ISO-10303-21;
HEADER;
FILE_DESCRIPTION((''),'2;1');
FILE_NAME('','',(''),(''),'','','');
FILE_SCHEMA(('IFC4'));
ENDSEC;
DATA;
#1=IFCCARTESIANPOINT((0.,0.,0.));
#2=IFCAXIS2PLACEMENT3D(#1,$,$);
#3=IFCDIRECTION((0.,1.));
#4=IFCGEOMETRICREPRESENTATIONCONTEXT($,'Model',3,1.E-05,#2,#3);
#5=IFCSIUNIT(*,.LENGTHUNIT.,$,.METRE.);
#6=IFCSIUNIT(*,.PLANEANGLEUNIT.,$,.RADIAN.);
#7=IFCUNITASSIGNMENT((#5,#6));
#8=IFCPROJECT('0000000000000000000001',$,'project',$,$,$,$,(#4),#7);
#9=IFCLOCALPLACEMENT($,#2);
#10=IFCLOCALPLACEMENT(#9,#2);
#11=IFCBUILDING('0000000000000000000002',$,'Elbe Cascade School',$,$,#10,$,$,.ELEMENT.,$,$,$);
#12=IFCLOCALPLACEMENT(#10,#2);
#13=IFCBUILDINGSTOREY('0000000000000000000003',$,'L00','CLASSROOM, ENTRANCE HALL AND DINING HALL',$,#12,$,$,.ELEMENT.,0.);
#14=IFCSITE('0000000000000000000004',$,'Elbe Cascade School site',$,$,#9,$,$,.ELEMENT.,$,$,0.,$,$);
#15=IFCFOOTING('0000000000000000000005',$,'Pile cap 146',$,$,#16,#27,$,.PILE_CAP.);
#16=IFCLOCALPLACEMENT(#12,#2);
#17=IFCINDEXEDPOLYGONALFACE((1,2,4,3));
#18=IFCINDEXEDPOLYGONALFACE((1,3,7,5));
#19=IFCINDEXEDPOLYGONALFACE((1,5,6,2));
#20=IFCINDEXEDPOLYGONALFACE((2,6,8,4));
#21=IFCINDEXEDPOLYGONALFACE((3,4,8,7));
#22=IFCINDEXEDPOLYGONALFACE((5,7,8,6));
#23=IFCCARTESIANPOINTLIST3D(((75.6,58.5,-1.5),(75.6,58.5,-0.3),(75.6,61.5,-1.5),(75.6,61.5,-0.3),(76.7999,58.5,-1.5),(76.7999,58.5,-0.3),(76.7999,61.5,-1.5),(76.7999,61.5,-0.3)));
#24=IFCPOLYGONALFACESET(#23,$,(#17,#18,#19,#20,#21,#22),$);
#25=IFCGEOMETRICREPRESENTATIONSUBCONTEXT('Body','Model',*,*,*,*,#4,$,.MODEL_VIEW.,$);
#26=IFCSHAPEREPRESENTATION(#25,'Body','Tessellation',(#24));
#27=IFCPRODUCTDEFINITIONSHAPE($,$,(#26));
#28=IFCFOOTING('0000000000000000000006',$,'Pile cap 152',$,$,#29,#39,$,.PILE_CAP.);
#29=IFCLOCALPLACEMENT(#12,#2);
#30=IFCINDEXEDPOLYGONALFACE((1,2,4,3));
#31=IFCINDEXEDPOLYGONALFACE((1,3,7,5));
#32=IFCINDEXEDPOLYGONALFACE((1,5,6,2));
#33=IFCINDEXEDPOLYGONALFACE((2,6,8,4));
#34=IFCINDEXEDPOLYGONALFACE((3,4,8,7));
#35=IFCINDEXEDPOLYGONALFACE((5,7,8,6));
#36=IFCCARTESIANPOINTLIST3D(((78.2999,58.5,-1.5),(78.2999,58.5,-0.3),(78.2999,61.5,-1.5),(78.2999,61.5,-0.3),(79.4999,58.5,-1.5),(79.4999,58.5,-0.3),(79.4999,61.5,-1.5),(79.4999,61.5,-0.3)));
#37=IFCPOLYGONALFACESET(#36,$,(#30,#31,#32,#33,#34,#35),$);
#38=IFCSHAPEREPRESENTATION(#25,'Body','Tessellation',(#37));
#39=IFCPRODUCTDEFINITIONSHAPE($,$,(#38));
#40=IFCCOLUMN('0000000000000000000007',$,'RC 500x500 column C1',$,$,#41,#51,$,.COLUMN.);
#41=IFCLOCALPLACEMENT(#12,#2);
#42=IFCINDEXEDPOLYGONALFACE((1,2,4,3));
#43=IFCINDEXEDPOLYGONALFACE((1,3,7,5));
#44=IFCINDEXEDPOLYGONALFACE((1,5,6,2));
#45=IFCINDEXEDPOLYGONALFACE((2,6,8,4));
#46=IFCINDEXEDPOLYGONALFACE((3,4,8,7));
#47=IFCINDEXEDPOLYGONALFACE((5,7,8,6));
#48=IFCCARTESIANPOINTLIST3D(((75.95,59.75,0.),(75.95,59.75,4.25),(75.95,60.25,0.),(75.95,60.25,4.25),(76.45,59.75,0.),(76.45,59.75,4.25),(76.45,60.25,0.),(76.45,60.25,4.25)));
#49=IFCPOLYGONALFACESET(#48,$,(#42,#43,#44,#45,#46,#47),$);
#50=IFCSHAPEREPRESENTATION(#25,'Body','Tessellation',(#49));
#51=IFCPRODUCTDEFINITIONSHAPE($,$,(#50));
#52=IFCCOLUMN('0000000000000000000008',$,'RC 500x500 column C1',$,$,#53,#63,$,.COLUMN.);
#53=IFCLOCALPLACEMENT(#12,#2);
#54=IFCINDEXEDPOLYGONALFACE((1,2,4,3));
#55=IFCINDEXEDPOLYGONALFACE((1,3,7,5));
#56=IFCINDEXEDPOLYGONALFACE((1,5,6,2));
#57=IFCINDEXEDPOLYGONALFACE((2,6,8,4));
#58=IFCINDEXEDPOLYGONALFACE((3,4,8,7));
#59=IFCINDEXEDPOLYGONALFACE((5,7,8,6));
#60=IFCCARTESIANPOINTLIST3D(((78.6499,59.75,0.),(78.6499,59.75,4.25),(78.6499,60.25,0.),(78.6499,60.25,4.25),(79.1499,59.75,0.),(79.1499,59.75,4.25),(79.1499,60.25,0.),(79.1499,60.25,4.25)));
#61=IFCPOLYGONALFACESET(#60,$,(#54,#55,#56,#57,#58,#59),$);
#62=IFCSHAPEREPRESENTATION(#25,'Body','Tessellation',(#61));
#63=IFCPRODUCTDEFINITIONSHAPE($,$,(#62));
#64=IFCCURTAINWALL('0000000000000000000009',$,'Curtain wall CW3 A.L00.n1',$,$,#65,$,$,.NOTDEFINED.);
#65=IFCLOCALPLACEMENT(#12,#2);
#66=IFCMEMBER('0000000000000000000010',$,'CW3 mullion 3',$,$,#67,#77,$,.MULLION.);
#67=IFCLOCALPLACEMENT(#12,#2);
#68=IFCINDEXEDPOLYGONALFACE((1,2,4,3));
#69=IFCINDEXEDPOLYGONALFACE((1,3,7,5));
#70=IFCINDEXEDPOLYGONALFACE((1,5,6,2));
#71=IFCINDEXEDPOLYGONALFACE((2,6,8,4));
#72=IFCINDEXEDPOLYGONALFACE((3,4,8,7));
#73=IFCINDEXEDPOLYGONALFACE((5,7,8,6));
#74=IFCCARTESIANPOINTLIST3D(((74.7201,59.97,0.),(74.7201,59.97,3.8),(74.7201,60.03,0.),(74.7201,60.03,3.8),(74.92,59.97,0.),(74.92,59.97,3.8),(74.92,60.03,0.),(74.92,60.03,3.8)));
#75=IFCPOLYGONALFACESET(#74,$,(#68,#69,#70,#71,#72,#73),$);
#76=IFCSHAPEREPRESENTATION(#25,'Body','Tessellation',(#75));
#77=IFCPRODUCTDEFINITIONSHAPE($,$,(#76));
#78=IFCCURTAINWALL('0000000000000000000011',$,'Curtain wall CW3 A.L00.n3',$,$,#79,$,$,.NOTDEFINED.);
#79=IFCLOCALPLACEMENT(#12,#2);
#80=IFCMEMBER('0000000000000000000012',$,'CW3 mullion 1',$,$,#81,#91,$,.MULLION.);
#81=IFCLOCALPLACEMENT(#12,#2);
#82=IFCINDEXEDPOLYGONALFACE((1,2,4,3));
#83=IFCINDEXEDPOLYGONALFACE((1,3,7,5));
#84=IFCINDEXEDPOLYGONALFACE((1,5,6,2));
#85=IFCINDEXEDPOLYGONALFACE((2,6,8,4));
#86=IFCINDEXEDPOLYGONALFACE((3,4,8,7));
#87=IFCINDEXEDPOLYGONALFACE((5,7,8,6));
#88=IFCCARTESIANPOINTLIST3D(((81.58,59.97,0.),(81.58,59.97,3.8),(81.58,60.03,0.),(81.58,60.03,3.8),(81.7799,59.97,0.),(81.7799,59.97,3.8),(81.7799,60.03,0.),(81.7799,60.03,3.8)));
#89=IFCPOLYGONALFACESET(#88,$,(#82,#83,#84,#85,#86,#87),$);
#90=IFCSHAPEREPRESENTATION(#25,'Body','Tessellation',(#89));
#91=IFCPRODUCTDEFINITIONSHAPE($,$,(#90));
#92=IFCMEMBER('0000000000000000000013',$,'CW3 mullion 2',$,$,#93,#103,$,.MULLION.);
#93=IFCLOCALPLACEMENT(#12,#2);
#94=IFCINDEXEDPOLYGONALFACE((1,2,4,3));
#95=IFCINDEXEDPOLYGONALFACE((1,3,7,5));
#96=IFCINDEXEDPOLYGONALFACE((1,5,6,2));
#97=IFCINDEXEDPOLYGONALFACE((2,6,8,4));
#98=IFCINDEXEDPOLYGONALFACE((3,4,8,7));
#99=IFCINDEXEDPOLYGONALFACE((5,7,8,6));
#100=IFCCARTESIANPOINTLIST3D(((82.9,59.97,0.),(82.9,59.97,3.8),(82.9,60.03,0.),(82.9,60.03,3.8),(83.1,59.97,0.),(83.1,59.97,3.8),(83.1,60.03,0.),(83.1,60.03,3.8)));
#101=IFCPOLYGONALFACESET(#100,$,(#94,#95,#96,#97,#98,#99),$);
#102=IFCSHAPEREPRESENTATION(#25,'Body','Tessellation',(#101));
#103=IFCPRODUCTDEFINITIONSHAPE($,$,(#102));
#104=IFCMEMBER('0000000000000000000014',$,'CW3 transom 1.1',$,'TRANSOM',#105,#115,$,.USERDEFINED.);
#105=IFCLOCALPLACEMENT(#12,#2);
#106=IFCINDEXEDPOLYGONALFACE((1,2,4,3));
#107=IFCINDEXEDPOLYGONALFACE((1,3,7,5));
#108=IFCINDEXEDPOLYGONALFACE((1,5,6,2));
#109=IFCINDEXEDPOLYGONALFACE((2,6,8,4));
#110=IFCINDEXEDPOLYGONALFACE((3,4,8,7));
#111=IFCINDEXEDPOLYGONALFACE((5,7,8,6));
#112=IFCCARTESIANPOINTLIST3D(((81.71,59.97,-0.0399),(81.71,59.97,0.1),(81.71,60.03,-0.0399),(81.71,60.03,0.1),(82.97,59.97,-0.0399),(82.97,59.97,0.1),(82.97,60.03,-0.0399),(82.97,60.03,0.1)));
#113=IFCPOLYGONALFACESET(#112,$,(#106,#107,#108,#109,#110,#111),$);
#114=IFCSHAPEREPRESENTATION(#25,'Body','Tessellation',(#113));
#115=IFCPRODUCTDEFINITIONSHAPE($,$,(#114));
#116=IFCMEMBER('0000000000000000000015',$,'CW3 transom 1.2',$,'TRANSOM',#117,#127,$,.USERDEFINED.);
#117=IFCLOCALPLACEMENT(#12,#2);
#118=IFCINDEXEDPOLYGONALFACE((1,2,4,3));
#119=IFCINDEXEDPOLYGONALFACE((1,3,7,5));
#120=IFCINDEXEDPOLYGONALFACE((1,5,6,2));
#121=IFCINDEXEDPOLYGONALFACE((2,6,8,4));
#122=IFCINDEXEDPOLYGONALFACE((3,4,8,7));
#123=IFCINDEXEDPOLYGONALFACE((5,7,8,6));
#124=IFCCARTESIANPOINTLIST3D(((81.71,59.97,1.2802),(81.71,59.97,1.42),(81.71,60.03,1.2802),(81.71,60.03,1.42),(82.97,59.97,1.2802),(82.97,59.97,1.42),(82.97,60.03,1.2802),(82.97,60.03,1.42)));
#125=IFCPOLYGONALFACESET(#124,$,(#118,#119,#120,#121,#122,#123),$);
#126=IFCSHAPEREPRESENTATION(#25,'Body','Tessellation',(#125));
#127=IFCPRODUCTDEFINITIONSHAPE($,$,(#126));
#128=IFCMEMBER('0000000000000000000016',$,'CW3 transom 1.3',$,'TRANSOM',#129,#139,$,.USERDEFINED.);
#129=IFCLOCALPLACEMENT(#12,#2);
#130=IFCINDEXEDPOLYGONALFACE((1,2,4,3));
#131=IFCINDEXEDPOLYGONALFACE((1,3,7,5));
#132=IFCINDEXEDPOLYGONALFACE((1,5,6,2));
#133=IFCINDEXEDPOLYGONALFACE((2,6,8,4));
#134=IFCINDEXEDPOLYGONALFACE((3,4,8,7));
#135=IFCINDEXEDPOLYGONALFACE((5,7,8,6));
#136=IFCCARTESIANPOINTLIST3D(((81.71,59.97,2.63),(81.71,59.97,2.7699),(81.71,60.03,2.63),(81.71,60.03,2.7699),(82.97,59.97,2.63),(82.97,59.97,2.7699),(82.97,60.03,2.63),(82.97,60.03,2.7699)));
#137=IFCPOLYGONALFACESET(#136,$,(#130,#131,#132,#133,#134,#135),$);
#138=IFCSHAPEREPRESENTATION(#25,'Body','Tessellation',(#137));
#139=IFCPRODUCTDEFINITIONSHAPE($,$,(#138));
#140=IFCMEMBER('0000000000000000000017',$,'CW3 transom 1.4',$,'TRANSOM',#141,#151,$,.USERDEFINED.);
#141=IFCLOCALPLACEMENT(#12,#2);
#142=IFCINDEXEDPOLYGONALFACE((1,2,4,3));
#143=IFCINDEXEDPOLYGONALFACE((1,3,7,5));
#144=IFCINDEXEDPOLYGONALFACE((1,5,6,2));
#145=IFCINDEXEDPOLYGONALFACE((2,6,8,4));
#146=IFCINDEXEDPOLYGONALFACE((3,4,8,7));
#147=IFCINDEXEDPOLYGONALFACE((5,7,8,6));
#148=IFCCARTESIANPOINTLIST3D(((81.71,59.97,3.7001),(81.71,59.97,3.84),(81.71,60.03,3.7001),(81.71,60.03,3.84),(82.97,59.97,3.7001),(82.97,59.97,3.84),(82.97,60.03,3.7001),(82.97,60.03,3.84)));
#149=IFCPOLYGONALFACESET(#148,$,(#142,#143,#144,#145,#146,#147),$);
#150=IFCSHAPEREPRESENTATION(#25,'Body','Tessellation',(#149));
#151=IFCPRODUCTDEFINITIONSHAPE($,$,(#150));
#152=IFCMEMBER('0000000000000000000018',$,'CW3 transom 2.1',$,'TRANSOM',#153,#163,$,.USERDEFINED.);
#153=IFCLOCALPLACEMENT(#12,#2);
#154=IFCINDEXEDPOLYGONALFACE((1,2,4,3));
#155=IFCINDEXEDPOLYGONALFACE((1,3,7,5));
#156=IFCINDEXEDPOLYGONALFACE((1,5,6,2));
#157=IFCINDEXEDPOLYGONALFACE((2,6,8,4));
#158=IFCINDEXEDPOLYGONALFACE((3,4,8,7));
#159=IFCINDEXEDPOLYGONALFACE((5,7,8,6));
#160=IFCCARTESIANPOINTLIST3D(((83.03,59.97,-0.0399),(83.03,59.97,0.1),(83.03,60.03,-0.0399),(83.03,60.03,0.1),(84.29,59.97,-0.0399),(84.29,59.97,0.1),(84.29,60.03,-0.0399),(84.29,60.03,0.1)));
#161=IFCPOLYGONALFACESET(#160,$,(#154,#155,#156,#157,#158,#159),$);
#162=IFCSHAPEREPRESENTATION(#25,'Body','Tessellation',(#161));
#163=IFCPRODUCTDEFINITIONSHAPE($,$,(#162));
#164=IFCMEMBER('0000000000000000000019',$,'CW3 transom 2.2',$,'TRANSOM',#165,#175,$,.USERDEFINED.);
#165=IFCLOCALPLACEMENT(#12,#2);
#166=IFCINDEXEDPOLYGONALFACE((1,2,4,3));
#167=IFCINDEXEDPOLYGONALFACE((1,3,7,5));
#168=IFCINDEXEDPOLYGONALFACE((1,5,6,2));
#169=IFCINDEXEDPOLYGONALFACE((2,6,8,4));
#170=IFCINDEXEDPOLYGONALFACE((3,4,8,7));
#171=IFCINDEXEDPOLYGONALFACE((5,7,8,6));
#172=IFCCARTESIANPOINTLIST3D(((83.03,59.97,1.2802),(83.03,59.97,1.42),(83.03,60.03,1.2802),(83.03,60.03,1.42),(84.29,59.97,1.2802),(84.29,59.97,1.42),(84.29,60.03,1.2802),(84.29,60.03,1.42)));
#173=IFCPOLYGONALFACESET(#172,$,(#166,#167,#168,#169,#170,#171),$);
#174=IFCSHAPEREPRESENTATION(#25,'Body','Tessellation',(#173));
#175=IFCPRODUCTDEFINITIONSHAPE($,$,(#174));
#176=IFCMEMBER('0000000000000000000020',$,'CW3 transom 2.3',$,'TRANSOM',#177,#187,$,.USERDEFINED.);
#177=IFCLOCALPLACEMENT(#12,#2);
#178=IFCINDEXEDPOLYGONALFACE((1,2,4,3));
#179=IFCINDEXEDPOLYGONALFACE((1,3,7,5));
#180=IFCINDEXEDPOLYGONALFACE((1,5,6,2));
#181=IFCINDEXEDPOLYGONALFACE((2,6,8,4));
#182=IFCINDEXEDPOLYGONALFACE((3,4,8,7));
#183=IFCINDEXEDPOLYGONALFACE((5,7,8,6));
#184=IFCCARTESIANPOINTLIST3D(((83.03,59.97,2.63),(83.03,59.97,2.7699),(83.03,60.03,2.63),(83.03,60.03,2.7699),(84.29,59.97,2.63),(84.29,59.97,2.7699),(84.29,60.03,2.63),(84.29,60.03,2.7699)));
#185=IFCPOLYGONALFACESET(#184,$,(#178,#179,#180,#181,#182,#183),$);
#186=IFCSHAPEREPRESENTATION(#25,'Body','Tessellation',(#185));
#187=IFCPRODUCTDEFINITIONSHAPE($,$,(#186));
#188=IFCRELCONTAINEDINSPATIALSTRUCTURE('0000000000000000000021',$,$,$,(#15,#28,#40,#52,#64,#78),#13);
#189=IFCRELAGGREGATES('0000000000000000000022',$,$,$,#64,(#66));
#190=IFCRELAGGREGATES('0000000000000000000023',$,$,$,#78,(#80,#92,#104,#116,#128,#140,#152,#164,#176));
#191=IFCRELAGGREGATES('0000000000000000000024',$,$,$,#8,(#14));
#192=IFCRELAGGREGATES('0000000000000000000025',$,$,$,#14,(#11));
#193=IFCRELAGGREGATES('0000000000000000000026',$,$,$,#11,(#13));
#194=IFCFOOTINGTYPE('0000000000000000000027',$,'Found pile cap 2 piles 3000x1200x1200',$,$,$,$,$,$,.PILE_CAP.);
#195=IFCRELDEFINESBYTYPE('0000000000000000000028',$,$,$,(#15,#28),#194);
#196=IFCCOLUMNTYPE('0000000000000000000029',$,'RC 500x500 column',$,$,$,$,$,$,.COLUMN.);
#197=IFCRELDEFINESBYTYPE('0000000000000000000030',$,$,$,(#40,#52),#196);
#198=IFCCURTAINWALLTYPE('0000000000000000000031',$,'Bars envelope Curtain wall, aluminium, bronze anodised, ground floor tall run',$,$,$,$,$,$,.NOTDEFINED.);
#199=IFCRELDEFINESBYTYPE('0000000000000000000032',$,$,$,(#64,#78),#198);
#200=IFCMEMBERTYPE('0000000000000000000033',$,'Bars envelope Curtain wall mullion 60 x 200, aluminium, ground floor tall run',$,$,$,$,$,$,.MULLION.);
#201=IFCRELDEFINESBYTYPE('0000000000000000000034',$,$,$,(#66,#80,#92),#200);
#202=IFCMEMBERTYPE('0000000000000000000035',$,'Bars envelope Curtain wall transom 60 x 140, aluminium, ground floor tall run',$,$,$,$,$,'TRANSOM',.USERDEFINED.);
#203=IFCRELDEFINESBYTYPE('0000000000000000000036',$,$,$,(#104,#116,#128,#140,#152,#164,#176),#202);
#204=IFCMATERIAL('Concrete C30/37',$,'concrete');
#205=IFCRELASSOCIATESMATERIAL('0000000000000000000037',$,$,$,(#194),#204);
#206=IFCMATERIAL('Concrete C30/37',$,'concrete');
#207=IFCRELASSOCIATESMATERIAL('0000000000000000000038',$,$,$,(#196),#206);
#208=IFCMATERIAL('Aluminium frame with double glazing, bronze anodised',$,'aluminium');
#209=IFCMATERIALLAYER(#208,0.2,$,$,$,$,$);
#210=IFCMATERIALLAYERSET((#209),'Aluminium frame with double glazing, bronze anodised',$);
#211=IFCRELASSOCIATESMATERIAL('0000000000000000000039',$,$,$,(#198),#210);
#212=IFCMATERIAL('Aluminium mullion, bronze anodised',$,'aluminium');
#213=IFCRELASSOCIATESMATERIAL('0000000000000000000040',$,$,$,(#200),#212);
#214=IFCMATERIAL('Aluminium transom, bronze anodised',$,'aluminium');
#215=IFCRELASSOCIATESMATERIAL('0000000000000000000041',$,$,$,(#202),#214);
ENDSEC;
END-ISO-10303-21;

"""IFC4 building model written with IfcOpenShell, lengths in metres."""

from ifc_helpers import new_model, si_unit, direction, frame, origin, origin_2d, place, context, subcontext, project, spatial, rectangle, extrude, material, layer, layer_set, material_profile, profile_set, type_object, element, aggregate, save


model = new_model("IFC4")

# Units and contexts
model_context = context("Model", 3, precision=1e-05, world=origin(), true_north=direction((0.0, 1.0)))
body_context = subcontext(model_context, "Body", "Model", "MODEL_VIEW")
ifc_project = project(units=[si_unit("LENGTHUNIT", "METRE"), si_unit("PLANEANGLEUNIT", "RADIAN")], contexts=[model_context])

# Site, building, storey
site_placement = place(None, origin())
site = spatial("IfcSite", under=ifc_project, at=site_placement, Name="Elbe Cascade School site", CompositionType="ELEMENT", RefElevation=0.0)
building_placement = place(site_placement, origin())
building = spatial("IfcBuilding", under=site, at=building_placement, Name="Elbe Cascade School", CompositionType="ELEMENT")
storey_placement = place(building_placement, origin())
storey = spatial("IfcBuildingStorey", under=building, at=storey_placement, Name="L00", Description="CLASSROOM, ENTRANCE HALL AND DINING HALL", CompositionType="ELEMENT", Elevation=0.0)

# Footings
ifc_material_1 = material(Name="Concrete C30/37", Category="concrete")
footing_type = type_object("IfcFootingType", Name="Found pile cap 2 piles 3000x1200x1200", PredefinedType="PILE_CAP", material=ifc_material_1)
for number, where, z_axis, x_axis, name in (
    (1, (76.2, 60.0, -1.5), (0.0, 0.0, 1.0), (1.0, 0.0, 0.0), "Pile cap 146"),
    (2, (78.8999, 60.0, -1.5), (0.0, 0.0, 1.0), (1.0, 0.0, 0.0), "Pile cap 152"),
):
    element("IfcFooting", number, at=place(storey_placement, frame(where, z_axis=z_axis, x_axis=x_axis)), inside=storey, type_object=footing_type, Name=name, PredefinedType="PILE_CAP", context=body_context, shape_type="SweptSolid", body=[
        extrude(rectangle(XDim=1.2, YDim=3.0, at=origin_2d()), origin(), (0.0, 0.0, 1.0), 1.2),
    ])

# Columns
ifc_material_2 = material(Name="Concrete C30/37", Category="concrete")
ifc_material_profile_1 = material_profile(ifc_material_2, rectangle(XDim=0.5, YDim=0.5, at=origin_2d()), Name="RC 500x500")
ifc_profile_set_1 = profile_set([ifc_material_profile_1], Name="Concrete C30/37")
column_type = type_object("IfcColumnType", Name="RC 500x500 column", PredefinedType="COLUMN", material=ifc_profile_set_1)
for number, where, z_axis, x_axis, name in (
    (3, (76.2, 60.0, 0.0), (0.0, 0.0, 1.0), (1.0, 0.0, 0.0), "RC 500x500 column C1"),
    (4, (78.8999, 60.0, 0.0), (0.0, 0.0, 1.0), (1.0, 0.0, 0.0), "RC 500x500 column C1"),
):
    element("IfcColumn", number, at=place(storey_placement, frame(where, z_axis=z_axis, x_axis=x_axis)), inside=storey, type_object=column_type, Name=name, PredefinedType="COLUMN", context=body_context, shape_type="SweptSolid", body=[
        extrude(rectangle(XDim=0.5, YDim=0.5, at=origin_2d()), origin(), (0.0, 0.0, 1.0), 4.25),
    ])

# Curtain wall, member
ifc_material_3 = material(Name="Aluminium frame with double glazing, bronze anodised", Category="aluminium")
ifc_layer_1 = layer(ifc_material_3, 0.2)
ifc_layer_set_1 = layer_set([ifc_layer_1], Name="Aluminium frame with double glazing, bronze anodised")
curtain_wall_type = type_object("IfcCurtainWallType", Name="Bars envelope Curtain wall, aluminium, bronze anodised, ground floor tall run", PredefinedType="NOTDEFINED", material=ifc_layer_set_1)
curtain_wall_1_placement = place(storey_placement, origin())
curtain_wall_1 = element("IfcCurtainWall", 5, at=curtain_wall_1_placement, inside=storey, type_object=curtain_wall_type, Name="Curtain wall CW3 A.L00.n1", PredefinedType="NOTDEFINED")
ifc_material_4 = material(Name="Aluminium mullion, bronze anodised", Category="aluminium")
ifc_material_profile_2 = material_profile(ifc_material_4, rectangle(XDim=0.0601, YDim=0.2, at=origin_2d()), Name="Bars envelope Curtain wall mullion 60 x 200, aluminium, ground floor tall run")
ifc_profile_set_2 = profile_set([ifc_material_profile_2], Name="Aluminium mullion, bronze anodised")
member_type_1 = type_object("IfcMemberType", Name="Bars envelope Curtain wall mullion 60 x 200, aluminium, ground floor tall run", PredefinedType="MULLION", material=ifc_profile_set_2)
member_1_placement = place(storey_placement, frame((74.8201, 60.0, 0.0), z_axis=(0.0, 0.0, 1.0), x_axis=(0.0, 1.0, 0.0)))
member_1 = element("IfcMember", 6, at=member_1_placement, type_object=member_type_1, Name="CW3 mullion 3", PredefinedType="MULLION", context=body_context, shape_type="SweptSolid", body=[
    extrude(rectangle(XDim=0.0601, YDim=0.2, at=origin_2d()), origin(), (0.0, 0.0, 1.0), 3.8),
])

# Curtain wall, members
curtain_wall_2_placement = place(storey_placement, origin())
curtain_wall_2 = element("IfcCurtainWall", 7, at=curtain_wall_2_placement, inside=storey, type_object=curtain_wall_type, Name="Curtain wall CW3 A.L00.n3", PredefinedType="NOTDEFINED")
member_2_placement = place(storey_placement, frame((81.6799, 60.0, 0.0), z_axis=(0.0, 0.0, 1.0), x_axis=(0.0, 1.0, 0.0)))
member_2 = element("IfcMember", 8, at=member_2_placement, type_object=member_type_1, Name="CW3 mullion 1", PredefinedType="MULLION", context=body_context, shape_type="SweptSolid", body=[
    extrude(rectangle(XDim=0.0601, YDim=0.2, at=origin_2d()), origin(), (0.0, 0.0, 1.0), 3.8),
])
member_3_placement = place(storey_placement, frame((83.0, 60.0, 0.0), z_axis=(0.0, 0.0, 1.0), x_axis=(0.0, 1.0, 0.0)))
member_3 = element("IfcMember", 9, at=member_3_placement, type_object=member_type_1, Name="CW3 mullion 2", PredefinedType="MULLION", context=body_context, shape_type="SweptSolid", body=[
    extrude(rectangle(XDim=0.0601, YDim=0.2, at=origin_2d()), origin(), (0.0, 0.0, 1.0), 3.8),
])
ifc_material_5 = material(Name="Aluminium transom, bronze anodised", Category="aluminium")
ifc_material_profile_3 = material_profile(ifc_material_5, rectangle(XDim=0.0601, YDim=0.1399, at=origin_2d()), Name="Bars envelope Curtain wall transom 60 x 140, aluminium, ground floor tall run")
ifc_profile_set_3 = profile_set([ifc_material_profile_3], Name="Aluminium transom, bronze anodised")
member_type_2 = type_object("IfcMemberType", Name="Bars envelope Curtain wall transom 60 x 140, aluminium, ground floor tall run", ElementType="TRANSOM", PredefinedType="USERDEFINED", material=ifc_profile_set_3)
member_4_placement = place(storey_placement, frame((81.71, 60.0, 0.03), z_axis=(1.0, 0.0, 0.0), x_axis=(0.0, 1.0, 0.0)))
member_4 = element("IfcMember", 10, at=member_4_placement, type_object=member_type_2, Name="CW3 transom 1.1", ObjectType="TRANSOM", PredefinedType="USERDEFINED", context=body_context, shape_type="SweptSolid", body=[
    extrude(rectangle(XDim=0.0601, YDim=0.1399, at=origin_2d()), origin(), (0.0, 0.0, 1.0), 1.26),
])
member_5_placement = place(storey_placement, frame((81.71, 60.0, 1.3501), z_axis=(1.0, 0.0, 0.0), x_axis=(0.0, 1.0, 0.0)))
member_5 = element("IfcMember", 11, at=member_5_placement, type_object=member_type_2, Name="CW3 transom 1.2", ObjectType="TRANSOM", PredefinedType="USERDEFINED", context=body_context, shape_type="SweptSolid", body=[
    extrude(rectangle(XDim=0.0601, YDim=0.1399, at=origin_2d()), origin(), (0.0, 0.0, 1.0), 1.26),
])
member_6_placement = place(storey_placement, frame((81.71, 60.0, 2.7), z_axis=(1.0, 0.0, 0.0), x_axis=(0.0, 1.0, 0.0)))
member_6 = element("IfcMember", 12, at=member_6_placement, type_object=member_type_2, Name="CW3 transom 1.3", ObjectType="TRANSOM", PredefinedType="USERDEFINED", context=body_context, shape_type="SweptSolid", body=[
    extrude(rectangle(XDim=0.0601, YDim=0.1399, at=origin_2d()), origin(), (0.0, 0.0, 1.0), 1.26),
])
member_7_placement = place(storey_placement, frame((81.71, 60.0, 3.77), z_axis=(1.0, 0.0, 0.0), x_axis=(0.0, 1.0, 0.0)))
member_7 = element("IfcMember", 13, at=member_7_placement, type_object=member_type_2, Name="CW3 transom 1.4", ObjectType="TRANSOM", PredefinedType="USERDEFINED", context=body_context, shape_type="SweptSolid", body=[
    extrude(rectangle(XDim=0.0601, YDim=0.1399, at=origin_2d()), origin(), (0.0, 0.0, 1.0), 1.26),
])
member_8_placement = place(storey_placement, frame((83.03, 60.0, 0.03), z_axis=(1.0, 0.0, 0.0), x_axis=(0.0, 1.0, 0.0)))
member_8 = element("IfcMember", 14, at=member_8_placement, type_object=member_type_2, Name="CW3 transom 2.1", ObjectType="TRANSOM", PredefinedType="USERDEFINED", context=body_context, shape_type="SweptSolid", body=[
    extrude(rectangle(XDim=0.0601, YDim=0.1399, at=origin_2d()), origin(), (0.0, 0.0, 1.0), 1.26),
])
member_9_placement = place(storey_placement, frame((83.03, 60.0, 1.3501), z_axis=(1.0, 0.0, 0.0), x_axis=(0.0, 1.0, 0.0)))
member_9 = element("IfcMember", 15, at=member_9_placement, type_object=member_type_2, Name="CW3 transom 2.2", ObjectType="TRANSOM", PredefinedType="USERDEFINED", context=body_context, shape_type="SweptSolid", body=[
    extrude(rectangle(XDim=0.0601, YDim=0.1399, at=origin_2d()), origin(), (0.0, 0.0, 1.0), 1.26),
])
member_10_placement = place(storey_placement, frame((83.03, 60.0, 2.7), z_axis=(1.0, 0.0, 0.0), x_axis=(0.0, 1.0, 0.0)))
member_10 = element("IfcMember", 16, at=member_10_placement, type_object=member_type_2, Name="CW3 transom 2.3", ObjectType="TRANSOM", PredefinedType="USERDEFINED", context=body_context, shape_type="SweptSolid", body=[
    extrude(rectangle(XDim=0.0601, YDim=0.1399, at=origin_2d()), origin(), (0.0, 0.0, 1.0), 1.26),
])

aggregate(curtain_wall_1, [member_1])
aggregate(curtain_wall_2, [member_2, member_3, member_4, member_5, member_6, member_7, member_8, member_9, member_10])

save(model, "model.ifc")
